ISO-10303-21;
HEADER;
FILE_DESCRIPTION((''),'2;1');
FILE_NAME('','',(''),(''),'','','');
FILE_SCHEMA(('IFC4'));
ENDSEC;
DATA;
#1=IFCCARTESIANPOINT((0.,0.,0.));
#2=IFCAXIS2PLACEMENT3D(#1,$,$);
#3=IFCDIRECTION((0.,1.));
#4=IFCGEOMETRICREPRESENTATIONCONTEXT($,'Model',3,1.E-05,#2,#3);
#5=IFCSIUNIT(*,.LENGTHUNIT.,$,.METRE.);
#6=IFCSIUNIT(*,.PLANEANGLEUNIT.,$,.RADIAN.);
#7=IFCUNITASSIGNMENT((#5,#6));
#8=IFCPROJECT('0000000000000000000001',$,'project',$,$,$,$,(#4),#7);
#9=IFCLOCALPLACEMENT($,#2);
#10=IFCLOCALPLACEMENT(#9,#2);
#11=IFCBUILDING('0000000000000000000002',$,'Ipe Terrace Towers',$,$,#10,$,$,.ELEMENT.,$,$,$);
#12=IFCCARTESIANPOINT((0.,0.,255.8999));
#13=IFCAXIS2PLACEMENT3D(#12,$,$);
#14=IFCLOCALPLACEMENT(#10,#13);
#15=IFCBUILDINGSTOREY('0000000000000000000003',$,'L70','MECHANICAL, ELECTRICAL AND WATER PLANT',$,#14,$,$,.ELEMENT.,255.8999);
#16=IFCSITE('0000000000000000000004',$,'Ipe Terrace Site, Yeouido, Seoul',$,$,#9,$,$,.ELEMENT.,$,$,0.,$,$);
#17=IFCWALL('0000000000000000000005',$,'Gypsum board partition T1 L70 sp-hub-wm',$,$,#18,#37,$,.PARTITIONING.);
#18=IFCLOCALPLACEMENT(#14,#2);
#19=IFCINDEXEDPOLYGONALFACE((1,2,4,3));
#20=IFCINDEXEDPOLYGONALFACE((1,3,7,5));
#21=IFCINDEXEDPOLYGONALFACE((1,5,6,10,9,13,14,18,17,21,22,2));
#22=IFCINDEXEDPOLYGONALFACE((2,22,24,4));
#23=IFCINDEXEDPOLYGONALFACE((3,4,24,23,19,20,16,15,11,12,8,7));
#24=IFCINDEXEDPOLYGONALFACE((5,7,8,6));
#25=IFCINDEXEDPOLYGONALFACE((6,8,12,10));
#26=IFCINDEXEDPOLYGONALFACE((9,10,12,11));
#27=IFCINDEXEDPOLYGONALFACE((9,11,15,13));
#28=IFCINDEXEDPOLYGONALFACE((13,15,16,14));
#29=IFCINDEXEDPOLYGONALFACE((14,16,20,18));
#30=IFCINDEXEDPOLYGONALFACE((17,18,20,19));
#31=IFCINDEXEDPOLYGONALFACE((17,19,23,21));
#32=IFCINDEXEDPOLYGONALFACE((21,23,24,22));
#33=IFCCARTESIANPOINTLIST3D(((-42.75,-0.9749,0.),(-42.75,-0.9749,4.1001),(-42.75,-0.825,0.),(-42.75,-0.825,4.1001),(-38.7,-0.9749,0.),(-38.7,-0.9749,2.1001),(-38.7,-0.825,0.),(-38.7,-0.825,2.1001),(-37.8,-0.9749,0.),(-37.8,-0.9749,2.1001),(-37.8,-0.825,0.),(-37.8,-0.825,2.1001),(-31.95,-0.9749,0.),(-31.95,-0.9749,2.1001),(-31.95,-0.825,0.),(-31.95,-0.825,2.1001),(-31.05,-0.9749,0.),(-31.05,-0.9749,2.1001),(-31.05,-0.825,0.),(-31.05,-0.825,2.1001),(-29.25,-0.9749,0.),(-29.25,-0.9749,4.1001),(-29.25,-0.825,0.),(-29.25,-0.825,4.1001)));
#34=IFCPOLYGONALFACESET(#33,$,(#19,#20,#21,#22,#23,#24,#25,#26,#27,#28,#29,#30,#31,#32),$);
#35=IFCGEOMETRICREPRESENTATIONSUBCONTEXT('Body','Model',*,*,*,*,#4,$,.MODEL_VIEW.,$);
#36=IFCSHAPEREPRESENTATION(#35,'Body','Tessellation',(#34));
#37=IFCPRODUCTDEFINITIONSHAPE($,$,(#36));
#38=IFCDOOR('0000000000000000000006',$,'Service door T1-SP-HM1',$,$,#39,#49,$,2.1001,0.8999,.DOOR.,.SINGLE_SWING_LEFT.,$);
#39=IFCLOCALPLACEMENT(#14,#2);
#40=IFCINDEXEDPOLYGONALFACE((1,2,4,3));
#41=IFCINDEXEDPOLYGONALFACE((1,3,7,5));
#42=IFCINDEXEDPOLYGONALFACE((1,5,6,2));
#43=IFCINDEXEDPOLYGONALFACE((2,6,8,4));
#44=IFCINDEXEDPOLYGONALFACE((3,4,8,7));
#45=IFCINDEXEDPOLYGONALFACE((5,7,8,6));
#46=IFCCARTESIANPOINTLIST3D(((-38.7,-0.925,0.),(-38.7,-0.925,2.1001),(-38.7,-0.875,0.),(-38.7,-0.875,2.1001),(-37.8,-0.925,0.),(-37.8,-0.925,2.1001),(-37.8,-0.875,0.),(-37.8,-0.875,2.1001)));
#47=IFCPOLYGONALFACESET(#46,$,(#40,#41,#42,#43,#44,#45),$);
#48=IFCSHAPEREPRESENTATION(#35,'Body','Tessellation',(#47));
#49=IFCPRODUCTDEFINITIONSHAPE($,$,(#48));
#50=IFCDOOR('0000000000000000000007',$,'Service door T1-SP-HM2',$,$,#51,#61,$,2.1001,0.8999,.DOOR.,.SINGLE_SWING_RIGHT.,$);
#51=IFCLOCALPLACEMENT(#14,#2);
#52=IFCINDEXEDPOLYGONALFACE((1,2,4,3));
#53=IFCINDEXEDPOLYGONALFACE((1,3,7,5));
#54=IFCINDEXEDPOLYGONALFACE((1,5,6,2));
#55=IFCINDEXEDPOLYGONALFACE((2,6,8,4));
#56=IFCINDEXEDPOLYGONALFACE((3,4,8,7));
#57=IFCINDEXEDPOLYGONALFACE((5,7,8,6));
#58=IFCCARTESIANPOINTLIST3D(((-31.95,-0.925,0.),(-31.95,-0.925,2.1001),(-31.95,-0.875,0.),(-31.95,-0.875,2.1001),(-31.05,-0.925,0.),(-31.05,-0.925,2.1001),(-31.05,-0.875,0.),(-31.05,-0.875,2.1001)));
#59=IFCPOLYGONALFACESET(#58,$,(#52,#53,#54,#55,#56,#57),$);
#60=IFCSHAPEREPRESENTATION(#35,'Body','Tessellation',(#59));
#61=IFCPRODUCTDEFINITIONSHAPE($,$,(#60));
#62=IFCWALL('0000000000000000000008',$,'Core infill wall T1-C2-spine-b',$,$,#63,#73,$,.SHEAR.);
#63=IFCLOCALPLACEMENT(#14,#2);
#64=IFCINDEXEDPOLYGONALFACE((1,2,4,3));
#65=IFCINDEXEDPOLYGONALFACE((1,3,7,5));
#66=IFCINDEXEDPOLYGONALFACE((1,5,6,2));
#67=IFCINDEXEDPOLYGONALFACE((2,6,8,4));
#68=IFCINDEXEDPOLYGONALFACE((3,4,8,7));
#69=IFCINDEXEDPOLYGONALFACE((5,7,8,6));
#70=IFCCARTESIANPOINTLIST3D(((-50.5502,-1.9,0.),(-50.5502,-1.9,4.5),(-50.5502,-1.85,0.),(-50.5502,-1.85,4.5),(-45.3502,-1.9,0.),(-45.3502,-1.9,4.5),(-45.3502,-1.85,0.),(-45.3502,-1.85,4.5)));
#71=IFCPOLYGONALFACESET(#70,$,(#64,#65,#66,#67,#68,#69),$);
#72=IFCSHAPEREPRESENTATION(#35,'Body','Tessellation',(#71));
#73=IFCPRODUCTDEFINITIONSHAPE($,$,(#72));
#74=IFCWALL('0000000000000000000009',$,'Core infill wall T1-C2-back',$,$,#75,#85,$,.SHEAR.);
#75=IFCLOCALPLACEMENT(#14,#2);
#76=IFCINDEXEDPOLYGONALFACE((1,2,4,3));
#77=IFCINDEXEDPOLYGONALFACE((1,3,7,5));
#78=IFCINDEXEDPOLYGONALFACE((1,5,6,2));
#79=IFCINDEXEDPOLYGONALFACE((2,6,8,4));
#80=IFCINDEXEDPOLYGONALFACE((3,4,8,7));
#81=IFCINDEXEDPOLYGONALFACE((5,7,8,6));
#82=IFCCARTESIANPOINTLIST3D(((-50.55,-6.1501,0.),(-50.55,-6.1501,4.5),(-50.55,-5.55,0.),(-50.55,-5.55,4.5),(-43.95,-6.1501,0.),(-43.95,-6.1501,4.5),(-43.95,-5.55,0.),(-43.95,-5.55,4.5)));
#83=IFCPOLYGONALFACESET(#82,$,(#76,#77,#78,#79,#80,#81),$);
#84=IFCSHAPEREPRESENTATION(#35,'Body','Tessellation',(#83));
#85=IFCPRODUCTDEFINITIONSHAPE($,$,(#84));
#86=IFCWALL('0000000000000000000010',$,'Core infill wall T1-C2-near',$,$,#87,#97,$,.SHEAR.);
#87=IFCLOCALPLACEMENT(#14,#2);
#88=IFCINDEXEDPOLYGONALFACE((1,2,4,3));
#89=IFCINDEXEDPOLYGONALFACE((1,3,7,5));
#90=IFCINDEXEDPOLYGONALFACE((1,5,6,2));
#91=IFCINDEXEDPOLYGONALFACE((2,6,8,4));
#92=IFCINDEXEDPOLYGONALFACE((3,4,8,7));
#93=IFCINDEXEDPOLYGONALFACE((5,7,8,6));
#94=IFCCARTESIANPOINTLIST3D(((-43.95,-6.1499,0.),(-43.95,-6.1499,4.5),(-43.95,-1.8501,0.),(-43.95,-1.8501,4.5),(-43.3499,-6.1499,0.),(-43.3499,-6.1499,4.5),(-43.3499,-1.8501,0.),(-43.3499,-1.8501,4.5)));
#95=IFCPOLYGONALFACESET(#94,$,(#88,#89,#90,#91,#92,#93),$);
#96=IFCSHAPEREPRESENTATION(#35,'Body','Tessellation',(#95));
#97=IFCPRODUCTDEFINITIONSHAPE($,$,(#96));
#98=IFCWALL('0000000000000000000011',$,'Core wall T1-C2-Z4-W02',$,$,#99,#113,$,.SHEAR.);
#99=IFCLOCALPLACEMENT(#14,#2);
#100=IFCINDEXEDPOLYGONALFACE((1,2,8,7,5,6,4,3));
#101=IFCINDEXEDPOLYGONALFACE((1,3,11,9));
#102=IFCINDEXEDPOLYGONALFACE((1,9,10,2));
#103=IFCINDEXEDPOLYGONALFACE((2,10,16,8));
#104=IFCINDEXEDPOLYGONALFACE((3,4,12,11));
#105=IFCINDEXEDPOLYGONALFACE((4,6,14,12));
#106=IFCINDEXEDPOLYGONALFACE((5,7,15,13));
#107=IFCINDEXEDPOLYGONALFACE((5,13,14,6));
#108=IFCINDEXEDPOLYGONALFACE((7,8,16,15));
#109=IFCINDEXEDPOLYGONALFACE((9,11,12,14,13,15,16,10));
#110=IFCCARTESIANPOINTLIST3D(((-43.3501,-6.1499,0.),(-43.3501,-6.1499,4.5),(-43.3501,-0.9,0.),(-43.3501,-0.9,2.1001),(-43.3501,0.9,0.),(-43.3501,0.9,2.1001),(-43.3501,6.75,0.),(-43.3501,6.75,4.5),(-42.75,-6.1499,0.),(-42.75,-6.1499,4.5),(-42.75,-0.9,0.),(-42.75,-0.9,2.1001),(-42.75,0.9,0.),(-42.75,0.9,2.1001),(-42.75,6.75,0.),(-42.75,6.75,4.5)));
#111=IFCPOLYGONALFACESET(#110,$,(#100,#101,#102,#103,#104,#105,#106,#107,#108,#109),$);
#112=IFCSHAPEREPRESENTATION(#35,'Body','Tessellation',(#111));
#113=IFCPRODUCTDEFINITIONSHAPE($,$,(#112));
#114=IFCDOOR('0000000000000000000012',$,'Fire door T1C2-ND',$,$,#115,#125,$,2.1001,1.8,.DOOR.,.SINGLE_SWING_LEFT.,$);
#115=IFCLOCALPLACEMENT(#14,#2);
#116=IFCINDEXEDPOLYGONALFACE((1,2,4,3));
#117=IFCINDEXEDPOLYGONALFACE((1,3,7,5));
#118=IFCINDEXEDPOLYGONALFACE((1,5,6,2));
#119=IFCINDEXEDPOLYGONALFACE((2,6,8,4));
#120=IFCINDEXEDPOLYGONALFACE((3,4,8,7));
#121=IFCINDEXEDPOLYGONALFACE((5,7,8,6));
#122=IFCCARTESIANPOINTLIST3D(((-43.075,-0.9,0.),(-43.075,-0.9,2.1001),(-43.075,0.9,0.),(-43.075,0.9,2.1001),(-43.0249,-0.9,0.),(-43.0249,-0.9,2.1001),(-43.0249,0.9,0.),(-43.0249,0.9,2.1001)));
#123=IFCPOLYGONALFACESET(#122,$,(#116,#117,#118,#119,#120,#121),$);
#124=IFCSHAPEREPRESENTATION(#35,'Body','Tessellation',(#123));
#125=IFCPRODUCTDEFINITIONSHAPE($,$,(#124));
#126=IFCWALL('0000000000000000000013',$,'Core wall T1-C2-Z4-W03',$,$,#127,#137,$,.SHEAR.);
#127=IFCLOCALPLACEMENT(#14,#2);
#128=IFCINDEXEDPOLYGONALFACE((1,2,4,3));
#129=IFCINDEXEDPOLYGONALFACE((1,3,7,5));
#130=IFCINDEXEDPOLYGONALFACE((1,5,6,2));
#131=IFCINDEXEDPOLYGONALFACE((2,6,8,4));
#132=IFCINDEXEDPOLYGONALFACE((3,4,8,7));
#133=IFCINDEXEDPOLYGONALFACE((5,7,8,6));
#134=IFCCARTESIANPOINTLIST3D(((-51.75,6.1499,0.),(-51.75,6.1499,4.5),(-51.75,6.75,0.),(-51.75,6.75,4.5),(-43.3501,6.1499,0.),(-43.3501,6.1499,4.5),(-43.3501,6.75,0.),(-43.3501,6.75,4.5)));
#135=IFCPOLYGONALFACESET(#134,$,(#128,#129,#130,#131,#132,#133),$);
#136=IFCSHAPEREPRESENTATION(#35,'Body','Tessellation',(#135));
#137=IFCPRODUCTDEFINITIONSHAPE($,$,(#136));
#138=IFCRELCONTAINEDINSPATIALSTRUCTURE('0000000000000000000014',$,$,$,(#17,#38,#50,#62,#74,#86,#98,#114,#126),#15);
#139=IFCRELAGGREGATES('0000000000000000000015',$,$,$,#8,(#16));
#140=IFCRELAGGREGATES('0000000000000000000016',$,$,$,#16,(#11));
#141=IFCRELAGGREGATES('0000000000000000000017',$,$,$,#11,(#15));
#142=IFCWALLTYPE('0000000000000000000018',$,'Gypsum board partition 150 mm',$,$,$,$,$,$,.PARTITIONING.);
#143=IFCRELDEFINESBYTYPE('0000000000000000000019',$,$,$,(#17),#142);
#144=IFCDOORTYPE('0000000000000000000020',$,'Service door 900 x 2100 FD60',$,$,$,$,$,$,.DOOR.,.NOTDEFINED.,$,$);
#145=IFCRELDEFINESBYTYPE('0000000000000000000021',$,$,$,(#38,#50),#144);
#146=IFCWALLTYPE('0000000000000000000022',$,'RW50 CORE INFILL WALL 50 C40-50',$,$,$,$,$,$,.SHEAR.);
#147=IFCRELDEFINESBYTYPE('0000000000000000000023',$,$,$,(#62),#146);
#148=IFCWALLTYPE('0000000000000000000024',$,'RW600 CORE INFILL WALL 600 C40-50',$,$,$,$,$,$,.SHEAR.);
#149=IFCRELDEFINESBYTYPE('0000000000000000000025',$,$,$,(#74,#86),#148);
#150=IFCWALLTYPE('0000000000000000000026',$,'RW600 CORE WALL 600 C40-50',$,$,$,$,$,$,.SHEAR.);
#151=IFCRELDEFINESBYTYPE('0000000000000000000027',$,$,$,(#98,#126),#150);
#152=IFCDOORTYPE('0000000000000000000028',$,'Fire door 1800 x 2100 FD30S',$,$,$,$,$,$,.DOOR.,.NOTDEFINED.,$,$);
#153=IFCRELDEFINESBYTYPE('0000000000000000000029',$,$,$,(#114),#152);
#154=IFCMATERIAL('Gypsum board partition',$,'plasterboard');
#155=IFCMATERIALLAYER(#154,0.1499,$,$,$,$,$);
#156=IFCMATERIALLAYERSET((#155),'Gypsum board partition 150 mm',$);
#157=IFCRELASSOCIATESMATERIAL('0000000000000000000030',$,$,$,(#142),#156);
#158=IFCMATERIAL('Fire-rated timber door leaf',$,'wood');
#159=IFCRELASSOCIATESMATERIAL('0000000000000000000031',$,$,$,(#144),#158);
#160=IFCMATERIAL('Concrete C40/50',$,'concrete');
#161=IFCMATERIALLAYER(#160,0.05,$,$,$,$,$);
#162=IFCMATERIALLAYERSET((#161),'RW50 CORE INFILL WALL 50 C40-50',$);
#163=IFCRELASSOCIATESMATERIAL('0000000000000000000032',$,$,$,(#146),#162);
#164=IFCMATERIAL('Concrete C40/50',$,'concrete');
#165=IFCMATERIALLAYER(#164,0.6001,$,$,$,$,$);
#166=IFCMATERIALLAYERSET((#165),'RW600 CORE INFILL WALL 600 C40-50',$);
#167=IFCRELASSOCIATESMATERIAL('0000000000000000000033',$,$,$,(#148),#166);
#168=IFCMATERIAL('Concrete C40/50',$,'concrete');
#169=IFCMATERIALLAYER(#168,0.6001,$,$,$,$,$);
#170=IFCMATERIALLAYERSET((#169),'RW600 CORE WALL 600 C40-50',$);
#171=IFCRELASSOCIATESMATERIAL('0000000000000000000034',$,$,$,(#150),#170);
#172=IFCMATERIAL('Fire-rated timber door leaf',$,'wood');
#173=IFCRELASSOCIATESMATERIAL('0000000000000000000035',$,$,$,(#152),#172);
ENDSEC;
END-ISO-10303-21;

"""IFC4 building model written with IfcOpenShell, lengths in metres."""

from ifc_helpers import new_model, si_unit, direction, frame, frame_2d, origin, place, context, subcontext, project, spatial, rectangle, extrude, material, layer, layer_set, type_object, element, fill, save


model = new_model("IFC4")

# Units and contexts
model_context = context("Model", 3, precision=1e-05, world=origin(), true_north=direction((0.0, 1.0)))
body_context = subcontext(model_context, "Body", "Model", "MODEL_VIEW")
ifc_project = project(units=[si_unit("LENGTHUNIT", "METRE"), si_unit("PLANEANGLEUNIT", "RADIAN")], contexts=[model_context])

# Site, building, storey
site_placement = place(None, origin())
site = spatial("IfcSite", under=ifc_project, at=site_placement, Name="Ipe Terrace Site, Yeouido, Seoul", CompositionType="ELEMENT", RefElevation=0.0)
building_placement = place(site_placement, origin())
building = spatial("IfcBuilding", under=site, at=building_placement, Name="Ipe Terrace Towers", CompositionType="ELEMENT")
storey_placement = place(building_placement, frame((0.0, 0.0, 255.8999)))
storey = spatial("IfcBuildingStorey", under=building, at=storey_placement, Name="L70", Description="MECHANICAL, ELECTRICAL AND WATER PLANT", CompositionType="ELEMENT", Elevation=255.8999)

# Wall, openings, doors
ifc_material_1 = material(Name="Gypsum board partition", Category="plasterboard")
ifc_layer_1 = layer(ifc_material_1, 0.1499)
ifc_layer_set_1 = layer_set([ifc_layer_1], Name="Gypsum board partition 150 mm")
wall_type_1 = type_object("IfcWallType", Name="Gypsum board partition 150 mm", PredefinedType="PARTITIONING", material=ifc_layer_set_1)
ifc_material_2 = material(Name="Fire-rated timber door leaf", Category="wood")
door_type_1 = type_object("IfcDoorType", Name="Service door 900 x 2100 FD60", OperationType="NOTDEFINED", PredefinedType="DOOR", material=ifc_material_2)
wall_1_placement = place(storey_placement, frame((-42.75, -0.8999, 0.0), z_axis=(0.0, 0.0, 1.0), x_axis=(1.0, 0.0, 0.0)))
wall_1 = element("IfcWall", 1, at=wall_1_placement, inside=storey, type_object=wall_type_1, Name="Gypsum board partition T1 L70 sp-hub-wm", PredefinedType="PARTITIONING", context=body_context, shape_type="SweptSolid", body=[
    extrude(rectangle(XDim=13.5, YDim=0.1499, at=frame_2d((6.75, 0.0))), origin(), (0.0, 0.0, 1.0), 4.1001),
])
opening_1_placement = place(wall_1_placement, frame((4.05, 0.0, 0.0)))
opening_1 = element("IfcOpeningElement", 2, at=opening_1_placement, cuts=wall_1, PredefinedType="OPENING", context=body_context, shape_type="SweptSolid", body=[
    extrude(rectangle(XDim=0.8999, YDim=2.1001, at=frame_2d((0.45, 1.05))), frame((0.0, 0.085, 0.0), z_axis=(0.0, -1.0, 0.0), x_axis=(1.0, 0.0, 0.0)), (0.0, 0.0, 1.0), 0.1699),
])
opening_2_placement = place(wall_1_placement, frame((10.8, 0.0, 0.0)))
opening_2 = element("IfcOpeningElement", 3, at=opening_2_placement, cuts=wall_1, PredefinedType="OPENING", context=body_context, shape_type="SweptSolid", body=[
    extrude(rectangle(XDim=0.8999, YDim=2.1001, at=frame_2d((0.45, 1.05))), frame((0.0, 0.085, 0.0), z_axis=(0.0, -1.0, 0.0), x_axis=(1.0, 0.0, 0.0)), (0.0, 0.0, 1.0), 0.1699),
])
door_1_placement = place(opening_1_placement, origin())
door_1 = element("IfcDoor", 4, at=door_1_placement, inside=storey, type_object=door_type_1, Name="Service door T1-SP-HM1", OperationType="SINGLE_SWING_LEFT", OverallHeight=2.1001, OverallWidth=0.8999, PredefinedType="DOOR", context=body_context, shape_type="SweptSolid", body=[
    extrude(rectangle(XDim=0.8999, YDim=2.1001, at=frame_2d((0.45, 1.05))), frame((0.0, 0.0249, 0.0), z_axis=(0.0, -1.0, 0.0), x_axis=(1.0, 0.0, 0.0)), (0.0, 0.0, 1.0), 0.05),
])
fill(opening_1, door_1)
door_2_placement = place(opening_2_placement, origin())
door_2 = element("IfcDoor", 5, at=door_2_placement, inside=storey, type_object=door_type_1, Name="Service door T1-SP-HM2", OperationType="SINGLE_SWING_RIGHT", OverallHeight=2.1001, OverallWidth=0.8999, PredefinedType="DOOR", context=body_context, shape_type="SweptSolid", body=[
    extrude(rectangle(XDim=0.8999, YDim=2.1001, at=frame_2d((0.45, 1.05))), frame((0.0, 0.0249, 0.0), z_axis=(0.0, -1.0, 0.0), x_axis=(1.0, 0.0, 0.0)), (0.0, 0.0, 1.0), 0.05),
])
fill(opening_2, door_2)

# Walls
ifc_material_3 = material(Name="Concrete C40/50", Category="concrete")
ifc_layer_2 = layer(ifc_material_3, 0.05)
ifc_layer_set_2 = layer_set([ifc_layer_2], Name="RW50 CORE INFILL WALL 50 C40-50")
wall_type_2 = type_object("IfcWallType", Name="RW50 CORE INFILL WALL 50 C40-50", PredefinedType="SHEAR", material=ifc_layer_set_2)
wall_2_placement = place(storey_placement, frame((-45.3501, -1.875, 0.0), z_axis=(0.0, 0.0, 1.0), x_axis=(-1.0, 0.0, 0.0)))
element("IfcWall", 6, at=wall_2_placement, inside=storey, type_object=wall_type_2, Name="Core infill wall T1-C2-spine-b", PredefinedType="SHEAR", context=body_context, shape_type="SweptSolid", body=[
    extrude(rectangle(XDim=5.2, YDim=0.05, at=frame_2d((2.6001, 0.0))), origin(), (0.0, 0.0, 1.0), 4.5),
])
ifc_material_4 = material(Name="Concrete C40/50", Category="concrete")
ifc_layer_3 = layer(ifc_material_4, 0.6001)
ifc_layer_set_3 = layer_set([ifc_layer_3], Name="RW600 CORE INFILL WALL 600 C40-50")
wall_type_3 = type_object("IfcWallType", Name="RW600 CORE INFILL WALL 600 C40-50", PredefinedType="SHEAR", material=ifc_layer_set_3)
wall_3_placement = place(storey_placement, frame((-43.95, -5.8501, 0.0), z_axis=(0.0, 0.0, 1.0), x_axis=(-1.0, 0.0, 0.0)))
element("IfcWall", 7, at=wall_3_placement, inside=storey, type_object=wall_type_3, Name="Core infill wall T1-C2-back", PredefinedType="SHEAR", context=body_context, shape_type="SweptSolid", body=[
    extrude(rectangle(XDim=6.6001, YDim=0.6001, at=frame_2d((3.3, 0.0))), origin(), (0.0, 0.0, 1.0), 4.5),
])
wall_4_placement = place(storey_placement, frame((-43.6499, -1.8501, 0.0), z_axis=(0.0, 0.0, 1.0), x_axis=(0.0, -1.0, 0.0)))
element("IfcWall", 8, at=wall_4_placement, inside=storey, type_object=wall_type_3, Name="Core infill wall T1-C2-near", PredefinedType="SHEAR", context=body_context, shape_type="SweptSolid", body=[
    extrude(rectangle(XDim=4.2998, YDim=0.6001, at=frame_2d((2.1499, 0.0))), origin(), (0.0, 0.0, 1.0), 4.5),
])

# Wall, opening, door
ifc_material_5 = material(Name="Concrete C40/50", Category="concrete")
ifc_layer_4 = layer(ifc_material_5, 0.6001)
ifc_layer_set_4 = layer_set([ifc_layer_4], Name="RW600 CORE WALL 600 C40-50")
wall_type_4 = type_object("IfcWallType", Name="RW600 CORE WALL 600 C40-50", PredefinedType="SHEAR", material=ifc_layer_set_4)
wall_5_placement = place(storey_placement, frame((-43.05, -6.1499, 0.0), z_axis=(0.0, 0.0, 1.0), x_axis=(0.0, 1.0, 0.0)))
wall_5 = element("IfcWall", 9, at=wall_5_placement, inside=storey, type_object=wall_type_4, Name="Core wall T1-C2-Z4-W02", PredefinedType="SHEAR", context=body_context, shape_type="SweptSolid", body=[
    extrude(rectangle(XDim=12.8999, YDim=0.6001, at=frame_2d((6.45, 0.0))), origin(), (0.0, 0.0, 1.0), 4.5),
])
opening_3_placement = place(wall_5_placement, frame((5.25, 0.0, 0.0)))
opening_3 = element("IfcOpeningElement", 10, at=opening_3_placement, cuts=wall_5, PredefinedType="OPENING", context=body_context, shape_type="SweptSolid", body=[
    extrude(rectangle(XDim=1.8, YDim=2.1001, at=frame_2d((0.8999, 1.05))), frame((0.0, 0.3101, 0.0), z_axis=(0.0, -1.0, 0.0), x_axis=(1.0, 0.0, 0.0)), (0.0, 0.0, 1.0), 0.6201),
])
ifc_material_6 = material(Name="Fire-rated timber door leaf", Category="wood")
door_type_2 = type_object("IfcDoorType", Name="Fire door 1800 x 2100 FD30S", OperationType="NOTDEFINED", PredefinedType="DOOR", material=ifc_material_6)
door_3_placement = place(opening_3_placement, origin())
door_3 = element("IfcDoor", 11, at=door_3_placement, inside=storey, type_object=door_type_2, Name="Fire door T1C2-ND", OperationType="SINGLE_SWING_LEFT", OverallHeight=2.1001, OverallWidth=1.8, PredefinedType="DOOR", context=body_context, shape_type="SweptSolid", body=[
    extrude(rectangle(XDim=1.8, YDim=2.1001, at=frame_2d((0.8999, 1.05))), frame((0.0, 0.0249, 0.0), z_axis=(0.0, -1.0, 0.0), x_axis=(1.0, 0.0, 0.0)), (0.0, 0.0, 1.0), 0.05),
])
fill(opening_3, door_3)

# Wall
wall_6_placement = place(storey_placement, frame((-43.3501, 6.45, 0.0), z_axis=(0.0, 0.0, 1.0), x_axis=(-1.0, 0.0, 0.0)))
element("IfcWall", 12, at=wall_6_placement, inside=storey, type_object=wall_type_4, Name="Core wall T1-C2-Z4-W03", PredefinedType="SHEAR", context=body_context, shape_type="SweptSolid", body=[
    extrude(rectangle(XDim=8.3999, YDim=0.6001, at=frame_2d((4.2, 0.0))), origin(), (0.0, 0.0, 1.0), 4.5),
])

save(model, "model.ifc")
